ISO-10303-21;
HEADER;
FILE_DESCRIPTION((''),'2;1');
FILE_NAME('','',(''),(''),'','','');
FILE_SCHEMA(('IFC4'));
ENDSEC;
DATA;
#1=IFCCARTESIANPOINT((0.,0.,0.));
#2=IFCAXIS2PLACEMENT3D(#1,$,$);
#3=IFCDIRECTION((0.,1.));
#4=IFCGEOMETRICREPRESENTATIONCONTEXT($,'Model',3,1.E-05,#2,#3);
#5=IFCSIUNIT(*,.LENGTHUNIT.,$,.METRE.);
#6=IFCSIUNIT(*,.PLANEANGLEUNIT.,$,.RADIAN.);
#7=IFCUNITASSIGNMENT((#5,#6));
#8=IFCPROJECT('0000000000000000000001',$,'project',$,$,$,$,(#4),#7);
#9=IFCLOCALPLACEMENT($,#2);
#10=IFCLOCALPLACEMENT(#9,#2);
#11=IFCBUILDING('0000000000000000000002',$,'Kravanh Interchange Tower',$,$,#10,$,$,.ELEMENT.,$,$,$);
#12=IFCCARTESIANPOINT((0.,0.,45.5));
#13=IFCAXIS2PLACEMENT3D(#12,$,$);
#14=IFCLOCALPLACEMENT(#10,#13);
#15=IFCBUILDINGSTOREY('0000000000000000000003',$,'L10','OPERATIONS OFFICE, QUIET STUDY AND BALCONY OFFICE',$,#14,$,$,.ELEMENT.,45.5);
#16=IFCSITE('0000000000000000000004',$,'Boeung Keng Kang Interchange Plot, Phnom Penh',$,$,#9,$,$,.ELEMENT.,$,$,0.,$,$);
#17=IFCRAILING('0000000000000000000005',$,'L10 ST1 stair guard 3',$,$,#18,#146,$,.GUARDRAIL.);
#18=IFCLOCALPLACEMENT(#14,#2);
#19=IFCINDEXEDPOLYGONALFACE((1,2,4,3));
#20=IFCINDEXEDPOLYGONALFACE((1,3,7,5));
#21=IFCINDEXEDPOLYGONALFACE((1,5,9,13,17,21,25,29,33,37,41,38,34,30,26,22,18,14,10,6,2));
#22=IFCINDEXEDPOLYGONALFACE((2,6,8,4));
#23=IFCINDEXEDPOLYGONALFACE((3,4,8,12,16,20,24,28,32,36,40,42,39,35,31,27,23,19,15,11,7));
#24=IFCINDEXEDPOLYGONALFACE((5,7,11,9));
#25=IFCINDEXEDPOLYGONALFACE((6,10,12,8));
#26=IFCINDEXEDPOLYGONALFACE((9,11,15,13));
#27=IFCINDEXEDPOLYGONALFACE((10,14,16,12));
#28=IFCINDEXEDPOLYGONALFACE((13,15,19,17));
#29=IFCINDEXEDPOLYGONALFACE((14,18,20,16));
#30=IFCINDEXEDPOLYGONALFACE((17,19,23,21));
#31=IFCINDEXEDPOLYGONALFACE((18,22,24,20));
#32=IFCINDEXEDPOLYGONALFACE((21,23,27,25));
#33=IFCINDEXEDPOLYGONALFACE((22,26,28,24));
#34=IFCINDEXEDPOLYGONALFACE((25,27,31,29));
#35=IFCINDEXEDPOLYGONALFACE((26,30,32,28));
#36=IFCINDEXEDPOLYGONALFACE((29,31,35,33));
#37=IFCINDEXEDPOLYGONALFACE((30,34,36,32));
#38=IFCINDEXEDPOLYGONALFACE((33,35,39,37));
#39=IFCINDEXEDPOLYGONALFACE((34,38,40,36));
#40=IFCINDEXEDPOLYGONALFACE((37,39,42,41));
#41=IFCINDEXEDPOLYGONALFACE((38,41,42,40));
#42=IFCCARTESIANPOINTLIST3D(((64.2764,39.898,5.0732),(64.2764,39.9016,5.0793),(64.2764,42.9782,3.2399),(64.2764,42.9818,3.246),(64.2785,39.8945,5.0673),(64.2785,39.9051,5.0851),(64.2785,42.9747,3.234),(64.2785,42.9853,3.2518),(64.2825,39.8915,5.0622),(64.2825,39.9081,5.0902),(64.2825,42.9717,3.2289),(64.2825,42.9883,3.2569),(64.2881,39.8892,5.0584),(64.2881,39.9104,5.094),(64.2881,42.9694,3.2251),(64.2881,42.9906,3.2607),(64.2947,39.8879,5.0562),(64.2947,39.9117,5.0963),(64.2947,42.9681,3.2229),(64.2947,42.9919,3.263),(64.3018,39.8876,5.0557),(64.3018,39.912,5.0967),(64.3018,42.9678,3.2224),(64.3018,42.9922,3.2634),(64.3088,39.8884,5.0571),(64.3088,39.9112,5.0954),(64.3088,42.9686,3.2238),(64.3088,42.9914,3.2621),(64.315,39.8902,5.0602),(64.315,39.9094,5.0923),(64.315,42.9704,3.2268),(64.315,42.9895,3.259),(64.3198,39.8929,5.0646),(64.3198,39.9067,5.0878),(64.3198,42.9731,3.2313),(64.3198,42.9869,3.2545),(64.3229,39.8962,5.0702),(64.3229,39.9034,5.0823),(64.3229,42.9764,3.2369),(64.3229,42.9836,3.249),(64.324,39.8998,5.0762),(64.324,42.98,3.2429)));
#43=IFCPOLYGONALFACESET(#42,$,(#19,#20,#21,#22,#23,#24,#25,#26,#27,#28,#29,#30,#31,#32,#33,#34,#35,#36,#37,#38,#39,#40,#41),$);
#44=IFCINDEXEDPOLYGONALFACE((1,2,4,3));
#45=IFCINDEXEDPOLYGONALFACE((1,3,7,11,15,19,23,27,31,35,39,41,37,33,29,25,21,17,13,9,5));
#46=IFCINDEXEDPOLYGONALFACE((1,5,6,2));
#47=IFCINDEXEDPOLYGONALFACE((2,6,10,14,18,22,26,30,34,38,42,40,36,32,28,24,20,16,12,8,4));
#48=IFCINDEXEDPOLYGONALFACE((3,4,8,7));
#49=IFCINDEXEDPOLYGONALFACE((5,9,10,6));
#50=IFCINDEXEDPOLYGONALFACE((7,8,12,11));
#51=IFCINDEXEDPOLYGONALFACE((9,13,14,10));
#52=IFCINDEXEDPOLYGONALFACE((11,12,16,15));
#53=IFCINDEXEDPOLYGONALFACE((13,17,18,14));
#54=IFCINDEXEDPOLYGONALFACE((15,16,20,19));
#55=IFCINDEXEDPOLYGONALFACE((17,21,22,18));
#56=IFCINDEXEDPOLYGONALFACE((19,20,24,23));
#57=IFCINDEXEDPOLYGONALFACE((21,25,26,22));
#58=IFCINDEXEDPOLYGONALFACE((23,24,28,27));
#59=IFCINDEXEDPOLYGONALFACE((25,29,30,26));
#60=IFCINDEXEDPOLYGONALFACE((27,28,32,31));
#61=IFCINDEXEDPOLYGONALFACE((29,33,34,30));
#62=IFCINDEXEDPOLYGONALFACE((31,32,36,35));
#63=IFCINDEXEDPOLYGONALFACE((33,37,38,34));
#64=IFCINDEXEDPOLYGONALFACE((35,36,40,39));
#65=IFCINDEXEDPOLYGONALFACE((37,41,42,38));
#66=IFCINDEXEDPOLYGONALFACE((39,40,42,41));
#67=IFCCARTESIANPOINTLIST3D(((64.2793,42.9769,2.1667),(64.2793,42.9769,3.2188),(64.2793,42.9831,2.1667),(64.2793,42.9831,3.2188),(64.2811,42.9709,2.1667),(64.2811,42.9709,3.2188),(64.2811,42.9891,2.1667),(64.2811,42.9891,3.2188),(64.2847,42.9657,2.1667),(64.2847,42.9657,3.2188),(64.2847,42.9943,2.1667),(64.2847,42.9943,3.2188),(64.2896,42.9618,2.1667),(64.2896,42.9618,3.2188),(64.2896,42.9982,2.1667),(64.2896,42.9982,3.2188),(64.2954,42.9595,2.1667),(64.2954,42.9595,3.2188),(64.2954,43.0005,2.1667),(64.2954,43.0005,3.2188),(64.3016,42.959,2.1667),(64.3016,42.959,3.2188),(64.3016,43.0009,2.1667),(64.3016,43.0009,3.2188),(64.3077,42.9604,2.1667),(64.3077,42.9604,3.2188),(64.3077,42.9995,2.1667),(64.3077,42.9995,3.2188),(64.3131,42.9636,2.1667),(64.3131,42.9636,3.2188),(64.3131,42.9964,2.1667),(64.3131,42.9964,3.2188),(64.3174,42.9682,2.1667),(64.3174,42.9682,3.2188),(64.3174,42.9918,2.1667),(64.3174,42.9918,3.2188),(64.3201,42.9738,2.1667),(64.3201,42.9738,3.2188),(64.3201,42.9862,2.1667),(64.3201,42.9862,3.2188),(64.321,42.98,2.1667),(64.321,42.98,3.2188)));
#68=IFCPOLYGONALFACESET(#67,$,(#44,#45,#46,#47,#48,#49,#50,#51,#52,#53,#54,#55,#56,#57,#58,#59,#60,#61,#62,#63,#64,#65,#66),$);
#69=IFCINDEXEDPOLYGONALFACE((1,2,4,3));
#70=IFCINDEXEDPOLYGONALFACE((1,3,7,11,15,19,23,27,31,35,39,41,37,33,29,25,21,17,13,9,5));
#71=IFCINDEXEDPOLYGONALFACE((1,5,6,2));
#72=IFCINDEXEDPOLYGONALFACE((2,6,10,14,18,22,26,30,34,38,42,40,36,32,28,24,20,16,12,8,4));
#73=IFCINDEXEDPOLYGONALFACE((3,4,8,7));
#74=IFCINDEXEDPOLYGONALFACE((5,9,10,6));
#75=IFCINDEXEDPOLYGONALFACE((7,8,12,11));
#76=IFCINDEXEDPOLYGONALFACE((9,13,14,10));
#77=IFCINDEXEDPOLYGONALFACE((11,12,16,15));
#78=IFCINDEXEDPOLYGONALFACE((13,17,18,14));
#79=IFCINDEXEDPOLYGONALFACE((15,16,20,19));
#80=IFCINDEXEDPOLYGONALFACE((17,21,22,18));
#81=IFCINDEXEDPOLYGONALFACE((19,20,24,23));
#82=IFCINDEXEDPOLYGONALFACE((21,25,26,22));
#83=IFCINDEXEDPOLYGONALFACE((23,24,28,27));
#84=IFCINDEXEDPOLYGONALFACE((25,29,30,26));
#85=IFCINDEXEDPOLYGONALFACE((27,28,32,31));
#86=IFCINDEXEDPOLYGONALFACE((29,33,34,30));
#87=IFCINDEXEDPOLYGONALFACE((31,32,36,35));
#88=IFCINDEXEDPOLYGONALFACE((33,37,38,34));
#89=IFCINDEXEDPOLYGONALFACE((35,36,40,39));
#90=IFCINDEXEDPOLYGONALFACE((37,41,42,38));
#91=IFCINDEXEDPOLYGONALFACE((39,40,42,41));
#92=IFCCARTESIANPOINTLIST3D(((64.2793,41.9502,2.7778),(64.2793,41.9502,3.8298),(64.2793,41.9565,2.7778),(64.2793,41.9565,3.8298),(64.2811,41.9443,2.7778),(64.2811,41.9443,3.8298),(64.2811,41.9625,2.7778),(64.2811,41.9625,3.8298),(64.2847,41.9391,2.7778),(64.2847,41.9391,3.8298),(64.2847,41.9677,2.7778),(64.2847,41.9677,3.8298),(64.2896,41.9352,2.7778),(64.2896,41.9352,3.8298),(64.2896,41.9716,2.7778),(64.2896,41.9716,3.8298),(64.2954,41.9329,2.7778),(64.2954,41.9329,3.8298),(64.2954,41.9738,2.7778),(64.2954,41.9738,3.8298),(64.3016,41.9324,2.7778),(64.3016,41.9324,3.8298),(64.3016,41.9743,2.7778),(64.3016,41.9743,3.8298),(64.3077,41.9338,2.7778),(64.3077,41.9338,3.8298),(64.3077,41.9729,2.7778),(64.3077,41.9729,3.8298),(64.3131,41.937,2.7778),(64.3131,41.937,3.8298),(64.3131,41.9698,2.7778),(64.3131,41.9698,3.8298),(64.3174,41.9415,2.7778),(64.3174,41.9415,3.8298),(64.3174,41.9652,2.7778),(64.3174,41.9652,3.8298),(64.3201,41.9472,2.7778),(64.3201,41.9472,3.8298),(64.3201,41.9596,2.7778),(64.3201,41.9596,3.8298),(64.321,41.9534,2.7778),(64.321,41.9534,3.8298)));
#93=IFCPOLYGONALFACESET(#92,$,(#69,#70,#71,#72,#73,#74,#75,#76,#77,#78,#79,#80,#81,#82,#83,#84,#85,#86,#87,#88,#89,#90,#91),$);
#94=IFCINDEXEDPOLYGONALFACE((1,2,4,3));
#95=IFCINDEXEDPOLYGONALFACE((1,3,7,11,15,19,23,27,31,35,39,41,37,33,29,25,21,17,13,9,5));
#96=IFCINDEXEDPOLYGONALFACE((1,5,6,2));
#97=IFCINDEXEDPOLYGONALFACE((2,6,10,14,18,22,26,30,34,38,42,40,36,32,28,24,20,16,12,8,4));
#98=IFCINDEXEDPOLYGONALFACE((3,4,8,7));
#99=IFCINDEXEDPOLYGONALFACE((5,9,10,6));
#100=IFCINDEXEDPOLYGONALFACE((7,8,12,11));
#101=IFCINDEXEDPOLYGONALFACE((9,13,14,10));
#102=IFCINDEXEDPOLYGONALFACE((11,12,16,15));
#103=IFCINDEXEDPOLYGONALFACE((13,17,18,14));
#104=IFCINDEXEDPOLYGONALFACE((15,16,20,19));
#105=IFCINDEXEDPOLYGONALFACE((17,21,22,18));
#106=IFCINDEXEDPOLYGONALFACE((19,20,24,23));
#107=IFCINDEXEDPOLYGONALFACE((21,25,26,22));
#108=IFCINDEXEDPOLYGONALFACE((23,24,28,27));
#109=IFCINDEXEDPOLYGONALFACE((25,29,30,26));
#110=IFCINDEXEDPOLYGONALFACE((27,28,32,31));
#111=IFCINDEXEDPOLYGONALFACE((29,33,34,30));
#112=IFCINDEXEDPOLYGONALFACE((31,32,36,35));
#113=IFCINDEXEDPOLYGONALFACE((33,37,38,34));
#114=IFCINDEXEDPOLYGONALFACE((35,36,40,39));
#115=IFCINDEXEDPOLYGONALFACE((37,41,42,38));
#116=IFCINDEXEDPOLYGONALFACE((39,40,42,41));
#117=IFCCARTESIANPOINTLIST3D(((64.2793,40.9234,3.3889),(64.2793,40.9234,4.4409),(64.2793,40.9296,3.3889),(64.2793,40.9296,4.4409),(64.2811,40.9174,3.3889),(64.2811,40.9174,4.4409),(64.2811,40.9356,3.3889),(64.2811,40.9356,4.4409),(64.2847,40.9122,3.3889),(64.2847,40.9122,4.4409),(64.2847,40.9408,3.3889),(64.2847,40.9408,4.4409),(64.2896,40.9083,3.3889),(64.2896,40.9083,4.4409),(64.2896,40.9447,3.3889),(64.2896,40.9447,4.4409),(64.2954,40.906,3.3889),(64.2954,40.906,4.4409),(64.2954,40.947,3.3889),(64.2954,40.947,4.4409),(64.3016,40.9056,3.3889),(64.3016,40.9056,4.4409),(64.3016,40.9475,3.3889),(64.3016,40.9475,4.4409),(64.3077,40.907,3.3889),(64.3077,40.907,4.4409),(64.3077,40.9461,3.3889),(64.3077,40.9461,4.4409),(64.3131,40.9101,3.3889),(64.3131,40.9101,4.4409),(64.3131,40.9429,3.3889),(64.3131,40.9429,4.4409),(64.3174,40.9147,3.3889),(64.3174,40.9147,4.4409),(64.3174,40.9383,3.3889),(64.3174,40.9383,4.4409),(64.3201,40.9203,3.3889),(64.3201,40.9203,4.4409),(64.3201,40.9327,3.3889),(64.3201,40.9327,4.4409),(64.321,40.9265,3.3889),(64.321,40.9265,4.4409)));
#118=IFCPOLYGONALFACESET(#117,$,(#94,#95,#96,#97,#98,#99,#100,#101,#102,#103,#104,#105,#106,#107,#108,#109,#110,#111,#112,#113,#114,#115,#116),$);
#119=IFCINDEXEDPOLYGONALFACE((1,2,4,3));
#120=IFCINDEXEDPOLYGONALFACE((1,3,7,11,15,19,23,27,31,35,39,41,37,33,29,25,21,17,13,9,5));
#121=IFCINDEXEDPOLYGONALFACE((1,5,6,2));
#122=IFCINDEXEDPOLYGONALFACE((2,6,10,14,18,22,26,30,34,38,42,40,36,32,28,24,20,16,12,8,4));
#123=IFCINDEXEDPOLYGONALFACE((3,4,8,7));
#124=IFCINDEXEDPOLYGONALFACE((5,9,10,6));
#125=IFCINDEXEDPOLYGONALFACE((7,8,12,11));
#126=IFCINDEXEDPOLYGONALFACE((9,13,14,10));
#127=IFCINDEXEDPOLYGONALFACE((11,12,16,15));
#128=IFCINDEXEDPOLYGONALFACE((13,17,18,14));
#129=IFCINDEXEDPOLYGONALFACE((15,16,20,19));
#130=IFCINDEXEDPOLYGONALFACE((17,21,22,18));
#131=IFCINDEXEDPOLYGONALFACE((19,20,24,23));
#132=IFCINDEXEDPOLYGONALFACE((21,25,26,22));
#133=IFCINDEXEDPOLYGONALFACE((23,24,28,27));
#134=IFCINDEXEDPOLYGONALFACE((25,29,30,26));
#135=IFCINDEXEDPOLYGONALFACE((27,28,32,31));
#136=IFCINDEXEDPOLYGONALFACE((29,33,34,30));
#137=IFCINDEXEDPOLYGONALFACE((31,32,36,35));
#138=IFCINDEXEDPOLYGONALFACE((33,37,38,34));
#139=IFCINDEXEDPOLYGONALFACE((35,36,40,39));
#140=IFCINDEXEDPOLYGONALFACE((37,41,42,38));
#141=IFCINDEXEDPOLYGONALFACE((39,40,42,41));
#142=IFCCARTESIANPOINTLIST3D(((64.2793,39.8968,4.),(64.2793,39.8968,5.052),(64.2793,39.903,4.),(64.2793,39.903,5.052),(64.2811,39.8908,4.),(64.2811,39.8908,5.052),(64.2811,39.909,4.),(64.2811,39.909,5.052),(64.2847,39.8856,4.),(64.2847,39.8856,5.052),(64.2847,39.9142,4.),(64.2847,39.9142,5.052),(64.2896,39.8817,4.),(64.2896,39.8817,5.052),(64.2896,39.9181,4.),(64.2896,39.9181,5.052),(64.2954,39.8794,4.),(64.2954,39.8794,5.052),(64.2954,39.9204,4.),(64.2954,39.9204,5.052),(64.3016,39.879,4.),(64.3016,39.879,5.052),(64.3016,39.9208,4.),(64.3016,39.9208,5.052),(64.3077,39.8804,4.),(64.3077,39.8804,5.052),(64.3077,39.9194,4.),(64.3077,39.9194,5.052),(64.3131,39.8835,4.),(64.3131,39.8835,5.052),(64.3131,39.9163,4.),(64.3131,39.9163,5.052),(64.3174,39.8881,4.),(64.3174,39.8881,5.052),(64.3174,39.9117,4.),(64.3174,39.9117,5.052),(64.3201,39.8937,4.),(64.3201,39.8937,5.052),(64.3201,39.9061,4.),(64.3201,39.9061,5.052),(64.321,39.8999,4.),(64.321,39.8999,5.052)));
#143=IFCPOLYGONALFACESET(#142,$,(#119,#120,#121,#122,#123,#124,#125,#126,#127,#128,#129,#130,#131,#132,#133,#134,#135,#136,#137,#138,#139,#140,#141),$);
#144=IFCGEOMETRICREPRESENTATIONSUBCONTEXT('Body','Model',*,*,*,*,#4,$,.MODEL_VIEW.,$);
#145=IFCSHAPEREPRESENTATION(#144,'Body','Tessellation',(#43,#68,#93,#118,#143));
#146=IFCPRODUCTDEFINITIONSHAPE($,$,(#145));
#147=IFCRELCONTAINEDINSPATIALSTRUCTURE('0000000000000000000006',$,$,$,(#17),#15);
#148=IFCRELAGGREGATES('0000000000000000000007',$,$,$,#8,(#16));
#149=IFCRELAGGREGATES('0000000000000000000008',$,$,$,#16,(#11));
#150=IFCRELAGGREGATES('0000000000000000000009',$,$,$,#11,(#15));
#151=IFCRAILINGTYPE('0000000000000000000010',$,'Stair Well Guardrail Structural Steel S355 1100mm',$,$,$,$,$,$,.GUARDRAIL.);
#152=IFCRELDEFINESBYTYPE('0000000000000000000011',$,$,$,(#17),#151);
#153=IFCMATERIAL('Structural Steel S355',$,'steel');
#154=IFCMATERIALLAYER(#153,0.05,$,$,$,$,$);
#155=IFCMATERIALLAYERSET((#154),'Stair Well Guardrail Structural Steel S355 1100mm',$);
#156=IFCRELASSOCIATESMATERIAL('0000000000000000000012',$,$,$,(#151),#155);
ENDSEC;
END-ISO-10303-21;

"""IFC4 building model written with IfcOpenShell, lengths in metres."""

from ifc_helpers import new_model, si_unit, direction, frame, origin, origin_2d, place, context, subcontext, project, spatial, circle, extrude, material, layer, layer_set, type_object, element, save


model = new_model("IFC4")

# Units and contexts
model_context = context("Model", 3, precision=1e-05, world=origin(), true_north=direction((0.0, 1.0)))
body_context = subcontext(model_context, "Body", "Model", "MODEL_VIEW")
ifc_project = project(units=[si_unit("LENGTHUNIT", "METRE"), si_unit("PLANEANGLEUNIT", "RADIAN")], contexts=[model_context])

# Site, building, storey
site_placement = place(None, origin())
site = spatial("IfcSite", under=ifc_project, at=site_placement, Name="Boeung Keng Kang Interchange Plot, Phnom Penh", CompositionType="ELEMENT", RefElevation=0.0)
building_placement = place(site_placement, origin())
building = spatial("IfcBuilding", under=site, at=building_placement, Name="Kravanh Interchange Tower", CompositionType="ELEMENT")
storey_placement = place(building_placement, frame((0.0, 0.0, 45.5)))
storey = spatial("IfcBuildingStorey", under=building, at=storey_placement, Name="L10", Description="OPERATIONS OFFICE, QUIET STUDY AND BALCONY OFFICE", CompositionType="ELEMENT", Elevation=45.5)

# Railing
ifc_material_1 = material(Name="Structural Steel S355", Category="steel")
ifc_layer_1 = layer(ifc_material_1, 0.05)
ifc_layer_set_1 = layer_set([ifc_layer_1], Name="Stair Well Guardrail Structural Steel S355 1100mm")
railing_type_1 = type_object("IfcRailingType", Name="Stair Well Guardrail Structural Steel S355 1100mm", PredefinedType="GUARDRAIL", material=ifc_layer_set_1)
railing_1_placement = place(storey_placement, frame((64.3, 42.98, 2.1667)))
element("IfcRailing", 1, at=railing_1_placement, inside=storey, type_object=railing_type_1, Name="L10 ST1 stair guard 3", PredefinedType="GUARDRAIL", context=body_context, shape_type="SweptSolid", body=[
    extrude(circle(Radius=0.0239, at=origin_2d()), frame((0.0, 0.0, 1.0762), z_axis=(0.0, -0.859309, 0.511458), x_axis=(1.0, 0.0, 0.0)), (0.0, 0.0, 1.0), 3.5845),
    extrude(circle(Radius=0.021, at=origin_2d()), origin(), (0.0, 0.0, 1.0), 1.052),
    extrude(circle(Radius=0.021, at=origin_2d()), frame((0.0, -1.0266, 0.6111)), (0.0, 0.0, 1.0), 1.052),
    extrude(circle(Radius=0.021, at=origin_2d()), frame((0.0, -2.0535, 1.2222)), (0.0, 0.0, 1.0), 1.052),
    extrude(circle(Radius=0.021, at=origin_2d()), frame((0.0, -3.0801, 1.8333)), (0.0, 0.0, 1.0), 1.052),
])

save(model, "model.ifc")
